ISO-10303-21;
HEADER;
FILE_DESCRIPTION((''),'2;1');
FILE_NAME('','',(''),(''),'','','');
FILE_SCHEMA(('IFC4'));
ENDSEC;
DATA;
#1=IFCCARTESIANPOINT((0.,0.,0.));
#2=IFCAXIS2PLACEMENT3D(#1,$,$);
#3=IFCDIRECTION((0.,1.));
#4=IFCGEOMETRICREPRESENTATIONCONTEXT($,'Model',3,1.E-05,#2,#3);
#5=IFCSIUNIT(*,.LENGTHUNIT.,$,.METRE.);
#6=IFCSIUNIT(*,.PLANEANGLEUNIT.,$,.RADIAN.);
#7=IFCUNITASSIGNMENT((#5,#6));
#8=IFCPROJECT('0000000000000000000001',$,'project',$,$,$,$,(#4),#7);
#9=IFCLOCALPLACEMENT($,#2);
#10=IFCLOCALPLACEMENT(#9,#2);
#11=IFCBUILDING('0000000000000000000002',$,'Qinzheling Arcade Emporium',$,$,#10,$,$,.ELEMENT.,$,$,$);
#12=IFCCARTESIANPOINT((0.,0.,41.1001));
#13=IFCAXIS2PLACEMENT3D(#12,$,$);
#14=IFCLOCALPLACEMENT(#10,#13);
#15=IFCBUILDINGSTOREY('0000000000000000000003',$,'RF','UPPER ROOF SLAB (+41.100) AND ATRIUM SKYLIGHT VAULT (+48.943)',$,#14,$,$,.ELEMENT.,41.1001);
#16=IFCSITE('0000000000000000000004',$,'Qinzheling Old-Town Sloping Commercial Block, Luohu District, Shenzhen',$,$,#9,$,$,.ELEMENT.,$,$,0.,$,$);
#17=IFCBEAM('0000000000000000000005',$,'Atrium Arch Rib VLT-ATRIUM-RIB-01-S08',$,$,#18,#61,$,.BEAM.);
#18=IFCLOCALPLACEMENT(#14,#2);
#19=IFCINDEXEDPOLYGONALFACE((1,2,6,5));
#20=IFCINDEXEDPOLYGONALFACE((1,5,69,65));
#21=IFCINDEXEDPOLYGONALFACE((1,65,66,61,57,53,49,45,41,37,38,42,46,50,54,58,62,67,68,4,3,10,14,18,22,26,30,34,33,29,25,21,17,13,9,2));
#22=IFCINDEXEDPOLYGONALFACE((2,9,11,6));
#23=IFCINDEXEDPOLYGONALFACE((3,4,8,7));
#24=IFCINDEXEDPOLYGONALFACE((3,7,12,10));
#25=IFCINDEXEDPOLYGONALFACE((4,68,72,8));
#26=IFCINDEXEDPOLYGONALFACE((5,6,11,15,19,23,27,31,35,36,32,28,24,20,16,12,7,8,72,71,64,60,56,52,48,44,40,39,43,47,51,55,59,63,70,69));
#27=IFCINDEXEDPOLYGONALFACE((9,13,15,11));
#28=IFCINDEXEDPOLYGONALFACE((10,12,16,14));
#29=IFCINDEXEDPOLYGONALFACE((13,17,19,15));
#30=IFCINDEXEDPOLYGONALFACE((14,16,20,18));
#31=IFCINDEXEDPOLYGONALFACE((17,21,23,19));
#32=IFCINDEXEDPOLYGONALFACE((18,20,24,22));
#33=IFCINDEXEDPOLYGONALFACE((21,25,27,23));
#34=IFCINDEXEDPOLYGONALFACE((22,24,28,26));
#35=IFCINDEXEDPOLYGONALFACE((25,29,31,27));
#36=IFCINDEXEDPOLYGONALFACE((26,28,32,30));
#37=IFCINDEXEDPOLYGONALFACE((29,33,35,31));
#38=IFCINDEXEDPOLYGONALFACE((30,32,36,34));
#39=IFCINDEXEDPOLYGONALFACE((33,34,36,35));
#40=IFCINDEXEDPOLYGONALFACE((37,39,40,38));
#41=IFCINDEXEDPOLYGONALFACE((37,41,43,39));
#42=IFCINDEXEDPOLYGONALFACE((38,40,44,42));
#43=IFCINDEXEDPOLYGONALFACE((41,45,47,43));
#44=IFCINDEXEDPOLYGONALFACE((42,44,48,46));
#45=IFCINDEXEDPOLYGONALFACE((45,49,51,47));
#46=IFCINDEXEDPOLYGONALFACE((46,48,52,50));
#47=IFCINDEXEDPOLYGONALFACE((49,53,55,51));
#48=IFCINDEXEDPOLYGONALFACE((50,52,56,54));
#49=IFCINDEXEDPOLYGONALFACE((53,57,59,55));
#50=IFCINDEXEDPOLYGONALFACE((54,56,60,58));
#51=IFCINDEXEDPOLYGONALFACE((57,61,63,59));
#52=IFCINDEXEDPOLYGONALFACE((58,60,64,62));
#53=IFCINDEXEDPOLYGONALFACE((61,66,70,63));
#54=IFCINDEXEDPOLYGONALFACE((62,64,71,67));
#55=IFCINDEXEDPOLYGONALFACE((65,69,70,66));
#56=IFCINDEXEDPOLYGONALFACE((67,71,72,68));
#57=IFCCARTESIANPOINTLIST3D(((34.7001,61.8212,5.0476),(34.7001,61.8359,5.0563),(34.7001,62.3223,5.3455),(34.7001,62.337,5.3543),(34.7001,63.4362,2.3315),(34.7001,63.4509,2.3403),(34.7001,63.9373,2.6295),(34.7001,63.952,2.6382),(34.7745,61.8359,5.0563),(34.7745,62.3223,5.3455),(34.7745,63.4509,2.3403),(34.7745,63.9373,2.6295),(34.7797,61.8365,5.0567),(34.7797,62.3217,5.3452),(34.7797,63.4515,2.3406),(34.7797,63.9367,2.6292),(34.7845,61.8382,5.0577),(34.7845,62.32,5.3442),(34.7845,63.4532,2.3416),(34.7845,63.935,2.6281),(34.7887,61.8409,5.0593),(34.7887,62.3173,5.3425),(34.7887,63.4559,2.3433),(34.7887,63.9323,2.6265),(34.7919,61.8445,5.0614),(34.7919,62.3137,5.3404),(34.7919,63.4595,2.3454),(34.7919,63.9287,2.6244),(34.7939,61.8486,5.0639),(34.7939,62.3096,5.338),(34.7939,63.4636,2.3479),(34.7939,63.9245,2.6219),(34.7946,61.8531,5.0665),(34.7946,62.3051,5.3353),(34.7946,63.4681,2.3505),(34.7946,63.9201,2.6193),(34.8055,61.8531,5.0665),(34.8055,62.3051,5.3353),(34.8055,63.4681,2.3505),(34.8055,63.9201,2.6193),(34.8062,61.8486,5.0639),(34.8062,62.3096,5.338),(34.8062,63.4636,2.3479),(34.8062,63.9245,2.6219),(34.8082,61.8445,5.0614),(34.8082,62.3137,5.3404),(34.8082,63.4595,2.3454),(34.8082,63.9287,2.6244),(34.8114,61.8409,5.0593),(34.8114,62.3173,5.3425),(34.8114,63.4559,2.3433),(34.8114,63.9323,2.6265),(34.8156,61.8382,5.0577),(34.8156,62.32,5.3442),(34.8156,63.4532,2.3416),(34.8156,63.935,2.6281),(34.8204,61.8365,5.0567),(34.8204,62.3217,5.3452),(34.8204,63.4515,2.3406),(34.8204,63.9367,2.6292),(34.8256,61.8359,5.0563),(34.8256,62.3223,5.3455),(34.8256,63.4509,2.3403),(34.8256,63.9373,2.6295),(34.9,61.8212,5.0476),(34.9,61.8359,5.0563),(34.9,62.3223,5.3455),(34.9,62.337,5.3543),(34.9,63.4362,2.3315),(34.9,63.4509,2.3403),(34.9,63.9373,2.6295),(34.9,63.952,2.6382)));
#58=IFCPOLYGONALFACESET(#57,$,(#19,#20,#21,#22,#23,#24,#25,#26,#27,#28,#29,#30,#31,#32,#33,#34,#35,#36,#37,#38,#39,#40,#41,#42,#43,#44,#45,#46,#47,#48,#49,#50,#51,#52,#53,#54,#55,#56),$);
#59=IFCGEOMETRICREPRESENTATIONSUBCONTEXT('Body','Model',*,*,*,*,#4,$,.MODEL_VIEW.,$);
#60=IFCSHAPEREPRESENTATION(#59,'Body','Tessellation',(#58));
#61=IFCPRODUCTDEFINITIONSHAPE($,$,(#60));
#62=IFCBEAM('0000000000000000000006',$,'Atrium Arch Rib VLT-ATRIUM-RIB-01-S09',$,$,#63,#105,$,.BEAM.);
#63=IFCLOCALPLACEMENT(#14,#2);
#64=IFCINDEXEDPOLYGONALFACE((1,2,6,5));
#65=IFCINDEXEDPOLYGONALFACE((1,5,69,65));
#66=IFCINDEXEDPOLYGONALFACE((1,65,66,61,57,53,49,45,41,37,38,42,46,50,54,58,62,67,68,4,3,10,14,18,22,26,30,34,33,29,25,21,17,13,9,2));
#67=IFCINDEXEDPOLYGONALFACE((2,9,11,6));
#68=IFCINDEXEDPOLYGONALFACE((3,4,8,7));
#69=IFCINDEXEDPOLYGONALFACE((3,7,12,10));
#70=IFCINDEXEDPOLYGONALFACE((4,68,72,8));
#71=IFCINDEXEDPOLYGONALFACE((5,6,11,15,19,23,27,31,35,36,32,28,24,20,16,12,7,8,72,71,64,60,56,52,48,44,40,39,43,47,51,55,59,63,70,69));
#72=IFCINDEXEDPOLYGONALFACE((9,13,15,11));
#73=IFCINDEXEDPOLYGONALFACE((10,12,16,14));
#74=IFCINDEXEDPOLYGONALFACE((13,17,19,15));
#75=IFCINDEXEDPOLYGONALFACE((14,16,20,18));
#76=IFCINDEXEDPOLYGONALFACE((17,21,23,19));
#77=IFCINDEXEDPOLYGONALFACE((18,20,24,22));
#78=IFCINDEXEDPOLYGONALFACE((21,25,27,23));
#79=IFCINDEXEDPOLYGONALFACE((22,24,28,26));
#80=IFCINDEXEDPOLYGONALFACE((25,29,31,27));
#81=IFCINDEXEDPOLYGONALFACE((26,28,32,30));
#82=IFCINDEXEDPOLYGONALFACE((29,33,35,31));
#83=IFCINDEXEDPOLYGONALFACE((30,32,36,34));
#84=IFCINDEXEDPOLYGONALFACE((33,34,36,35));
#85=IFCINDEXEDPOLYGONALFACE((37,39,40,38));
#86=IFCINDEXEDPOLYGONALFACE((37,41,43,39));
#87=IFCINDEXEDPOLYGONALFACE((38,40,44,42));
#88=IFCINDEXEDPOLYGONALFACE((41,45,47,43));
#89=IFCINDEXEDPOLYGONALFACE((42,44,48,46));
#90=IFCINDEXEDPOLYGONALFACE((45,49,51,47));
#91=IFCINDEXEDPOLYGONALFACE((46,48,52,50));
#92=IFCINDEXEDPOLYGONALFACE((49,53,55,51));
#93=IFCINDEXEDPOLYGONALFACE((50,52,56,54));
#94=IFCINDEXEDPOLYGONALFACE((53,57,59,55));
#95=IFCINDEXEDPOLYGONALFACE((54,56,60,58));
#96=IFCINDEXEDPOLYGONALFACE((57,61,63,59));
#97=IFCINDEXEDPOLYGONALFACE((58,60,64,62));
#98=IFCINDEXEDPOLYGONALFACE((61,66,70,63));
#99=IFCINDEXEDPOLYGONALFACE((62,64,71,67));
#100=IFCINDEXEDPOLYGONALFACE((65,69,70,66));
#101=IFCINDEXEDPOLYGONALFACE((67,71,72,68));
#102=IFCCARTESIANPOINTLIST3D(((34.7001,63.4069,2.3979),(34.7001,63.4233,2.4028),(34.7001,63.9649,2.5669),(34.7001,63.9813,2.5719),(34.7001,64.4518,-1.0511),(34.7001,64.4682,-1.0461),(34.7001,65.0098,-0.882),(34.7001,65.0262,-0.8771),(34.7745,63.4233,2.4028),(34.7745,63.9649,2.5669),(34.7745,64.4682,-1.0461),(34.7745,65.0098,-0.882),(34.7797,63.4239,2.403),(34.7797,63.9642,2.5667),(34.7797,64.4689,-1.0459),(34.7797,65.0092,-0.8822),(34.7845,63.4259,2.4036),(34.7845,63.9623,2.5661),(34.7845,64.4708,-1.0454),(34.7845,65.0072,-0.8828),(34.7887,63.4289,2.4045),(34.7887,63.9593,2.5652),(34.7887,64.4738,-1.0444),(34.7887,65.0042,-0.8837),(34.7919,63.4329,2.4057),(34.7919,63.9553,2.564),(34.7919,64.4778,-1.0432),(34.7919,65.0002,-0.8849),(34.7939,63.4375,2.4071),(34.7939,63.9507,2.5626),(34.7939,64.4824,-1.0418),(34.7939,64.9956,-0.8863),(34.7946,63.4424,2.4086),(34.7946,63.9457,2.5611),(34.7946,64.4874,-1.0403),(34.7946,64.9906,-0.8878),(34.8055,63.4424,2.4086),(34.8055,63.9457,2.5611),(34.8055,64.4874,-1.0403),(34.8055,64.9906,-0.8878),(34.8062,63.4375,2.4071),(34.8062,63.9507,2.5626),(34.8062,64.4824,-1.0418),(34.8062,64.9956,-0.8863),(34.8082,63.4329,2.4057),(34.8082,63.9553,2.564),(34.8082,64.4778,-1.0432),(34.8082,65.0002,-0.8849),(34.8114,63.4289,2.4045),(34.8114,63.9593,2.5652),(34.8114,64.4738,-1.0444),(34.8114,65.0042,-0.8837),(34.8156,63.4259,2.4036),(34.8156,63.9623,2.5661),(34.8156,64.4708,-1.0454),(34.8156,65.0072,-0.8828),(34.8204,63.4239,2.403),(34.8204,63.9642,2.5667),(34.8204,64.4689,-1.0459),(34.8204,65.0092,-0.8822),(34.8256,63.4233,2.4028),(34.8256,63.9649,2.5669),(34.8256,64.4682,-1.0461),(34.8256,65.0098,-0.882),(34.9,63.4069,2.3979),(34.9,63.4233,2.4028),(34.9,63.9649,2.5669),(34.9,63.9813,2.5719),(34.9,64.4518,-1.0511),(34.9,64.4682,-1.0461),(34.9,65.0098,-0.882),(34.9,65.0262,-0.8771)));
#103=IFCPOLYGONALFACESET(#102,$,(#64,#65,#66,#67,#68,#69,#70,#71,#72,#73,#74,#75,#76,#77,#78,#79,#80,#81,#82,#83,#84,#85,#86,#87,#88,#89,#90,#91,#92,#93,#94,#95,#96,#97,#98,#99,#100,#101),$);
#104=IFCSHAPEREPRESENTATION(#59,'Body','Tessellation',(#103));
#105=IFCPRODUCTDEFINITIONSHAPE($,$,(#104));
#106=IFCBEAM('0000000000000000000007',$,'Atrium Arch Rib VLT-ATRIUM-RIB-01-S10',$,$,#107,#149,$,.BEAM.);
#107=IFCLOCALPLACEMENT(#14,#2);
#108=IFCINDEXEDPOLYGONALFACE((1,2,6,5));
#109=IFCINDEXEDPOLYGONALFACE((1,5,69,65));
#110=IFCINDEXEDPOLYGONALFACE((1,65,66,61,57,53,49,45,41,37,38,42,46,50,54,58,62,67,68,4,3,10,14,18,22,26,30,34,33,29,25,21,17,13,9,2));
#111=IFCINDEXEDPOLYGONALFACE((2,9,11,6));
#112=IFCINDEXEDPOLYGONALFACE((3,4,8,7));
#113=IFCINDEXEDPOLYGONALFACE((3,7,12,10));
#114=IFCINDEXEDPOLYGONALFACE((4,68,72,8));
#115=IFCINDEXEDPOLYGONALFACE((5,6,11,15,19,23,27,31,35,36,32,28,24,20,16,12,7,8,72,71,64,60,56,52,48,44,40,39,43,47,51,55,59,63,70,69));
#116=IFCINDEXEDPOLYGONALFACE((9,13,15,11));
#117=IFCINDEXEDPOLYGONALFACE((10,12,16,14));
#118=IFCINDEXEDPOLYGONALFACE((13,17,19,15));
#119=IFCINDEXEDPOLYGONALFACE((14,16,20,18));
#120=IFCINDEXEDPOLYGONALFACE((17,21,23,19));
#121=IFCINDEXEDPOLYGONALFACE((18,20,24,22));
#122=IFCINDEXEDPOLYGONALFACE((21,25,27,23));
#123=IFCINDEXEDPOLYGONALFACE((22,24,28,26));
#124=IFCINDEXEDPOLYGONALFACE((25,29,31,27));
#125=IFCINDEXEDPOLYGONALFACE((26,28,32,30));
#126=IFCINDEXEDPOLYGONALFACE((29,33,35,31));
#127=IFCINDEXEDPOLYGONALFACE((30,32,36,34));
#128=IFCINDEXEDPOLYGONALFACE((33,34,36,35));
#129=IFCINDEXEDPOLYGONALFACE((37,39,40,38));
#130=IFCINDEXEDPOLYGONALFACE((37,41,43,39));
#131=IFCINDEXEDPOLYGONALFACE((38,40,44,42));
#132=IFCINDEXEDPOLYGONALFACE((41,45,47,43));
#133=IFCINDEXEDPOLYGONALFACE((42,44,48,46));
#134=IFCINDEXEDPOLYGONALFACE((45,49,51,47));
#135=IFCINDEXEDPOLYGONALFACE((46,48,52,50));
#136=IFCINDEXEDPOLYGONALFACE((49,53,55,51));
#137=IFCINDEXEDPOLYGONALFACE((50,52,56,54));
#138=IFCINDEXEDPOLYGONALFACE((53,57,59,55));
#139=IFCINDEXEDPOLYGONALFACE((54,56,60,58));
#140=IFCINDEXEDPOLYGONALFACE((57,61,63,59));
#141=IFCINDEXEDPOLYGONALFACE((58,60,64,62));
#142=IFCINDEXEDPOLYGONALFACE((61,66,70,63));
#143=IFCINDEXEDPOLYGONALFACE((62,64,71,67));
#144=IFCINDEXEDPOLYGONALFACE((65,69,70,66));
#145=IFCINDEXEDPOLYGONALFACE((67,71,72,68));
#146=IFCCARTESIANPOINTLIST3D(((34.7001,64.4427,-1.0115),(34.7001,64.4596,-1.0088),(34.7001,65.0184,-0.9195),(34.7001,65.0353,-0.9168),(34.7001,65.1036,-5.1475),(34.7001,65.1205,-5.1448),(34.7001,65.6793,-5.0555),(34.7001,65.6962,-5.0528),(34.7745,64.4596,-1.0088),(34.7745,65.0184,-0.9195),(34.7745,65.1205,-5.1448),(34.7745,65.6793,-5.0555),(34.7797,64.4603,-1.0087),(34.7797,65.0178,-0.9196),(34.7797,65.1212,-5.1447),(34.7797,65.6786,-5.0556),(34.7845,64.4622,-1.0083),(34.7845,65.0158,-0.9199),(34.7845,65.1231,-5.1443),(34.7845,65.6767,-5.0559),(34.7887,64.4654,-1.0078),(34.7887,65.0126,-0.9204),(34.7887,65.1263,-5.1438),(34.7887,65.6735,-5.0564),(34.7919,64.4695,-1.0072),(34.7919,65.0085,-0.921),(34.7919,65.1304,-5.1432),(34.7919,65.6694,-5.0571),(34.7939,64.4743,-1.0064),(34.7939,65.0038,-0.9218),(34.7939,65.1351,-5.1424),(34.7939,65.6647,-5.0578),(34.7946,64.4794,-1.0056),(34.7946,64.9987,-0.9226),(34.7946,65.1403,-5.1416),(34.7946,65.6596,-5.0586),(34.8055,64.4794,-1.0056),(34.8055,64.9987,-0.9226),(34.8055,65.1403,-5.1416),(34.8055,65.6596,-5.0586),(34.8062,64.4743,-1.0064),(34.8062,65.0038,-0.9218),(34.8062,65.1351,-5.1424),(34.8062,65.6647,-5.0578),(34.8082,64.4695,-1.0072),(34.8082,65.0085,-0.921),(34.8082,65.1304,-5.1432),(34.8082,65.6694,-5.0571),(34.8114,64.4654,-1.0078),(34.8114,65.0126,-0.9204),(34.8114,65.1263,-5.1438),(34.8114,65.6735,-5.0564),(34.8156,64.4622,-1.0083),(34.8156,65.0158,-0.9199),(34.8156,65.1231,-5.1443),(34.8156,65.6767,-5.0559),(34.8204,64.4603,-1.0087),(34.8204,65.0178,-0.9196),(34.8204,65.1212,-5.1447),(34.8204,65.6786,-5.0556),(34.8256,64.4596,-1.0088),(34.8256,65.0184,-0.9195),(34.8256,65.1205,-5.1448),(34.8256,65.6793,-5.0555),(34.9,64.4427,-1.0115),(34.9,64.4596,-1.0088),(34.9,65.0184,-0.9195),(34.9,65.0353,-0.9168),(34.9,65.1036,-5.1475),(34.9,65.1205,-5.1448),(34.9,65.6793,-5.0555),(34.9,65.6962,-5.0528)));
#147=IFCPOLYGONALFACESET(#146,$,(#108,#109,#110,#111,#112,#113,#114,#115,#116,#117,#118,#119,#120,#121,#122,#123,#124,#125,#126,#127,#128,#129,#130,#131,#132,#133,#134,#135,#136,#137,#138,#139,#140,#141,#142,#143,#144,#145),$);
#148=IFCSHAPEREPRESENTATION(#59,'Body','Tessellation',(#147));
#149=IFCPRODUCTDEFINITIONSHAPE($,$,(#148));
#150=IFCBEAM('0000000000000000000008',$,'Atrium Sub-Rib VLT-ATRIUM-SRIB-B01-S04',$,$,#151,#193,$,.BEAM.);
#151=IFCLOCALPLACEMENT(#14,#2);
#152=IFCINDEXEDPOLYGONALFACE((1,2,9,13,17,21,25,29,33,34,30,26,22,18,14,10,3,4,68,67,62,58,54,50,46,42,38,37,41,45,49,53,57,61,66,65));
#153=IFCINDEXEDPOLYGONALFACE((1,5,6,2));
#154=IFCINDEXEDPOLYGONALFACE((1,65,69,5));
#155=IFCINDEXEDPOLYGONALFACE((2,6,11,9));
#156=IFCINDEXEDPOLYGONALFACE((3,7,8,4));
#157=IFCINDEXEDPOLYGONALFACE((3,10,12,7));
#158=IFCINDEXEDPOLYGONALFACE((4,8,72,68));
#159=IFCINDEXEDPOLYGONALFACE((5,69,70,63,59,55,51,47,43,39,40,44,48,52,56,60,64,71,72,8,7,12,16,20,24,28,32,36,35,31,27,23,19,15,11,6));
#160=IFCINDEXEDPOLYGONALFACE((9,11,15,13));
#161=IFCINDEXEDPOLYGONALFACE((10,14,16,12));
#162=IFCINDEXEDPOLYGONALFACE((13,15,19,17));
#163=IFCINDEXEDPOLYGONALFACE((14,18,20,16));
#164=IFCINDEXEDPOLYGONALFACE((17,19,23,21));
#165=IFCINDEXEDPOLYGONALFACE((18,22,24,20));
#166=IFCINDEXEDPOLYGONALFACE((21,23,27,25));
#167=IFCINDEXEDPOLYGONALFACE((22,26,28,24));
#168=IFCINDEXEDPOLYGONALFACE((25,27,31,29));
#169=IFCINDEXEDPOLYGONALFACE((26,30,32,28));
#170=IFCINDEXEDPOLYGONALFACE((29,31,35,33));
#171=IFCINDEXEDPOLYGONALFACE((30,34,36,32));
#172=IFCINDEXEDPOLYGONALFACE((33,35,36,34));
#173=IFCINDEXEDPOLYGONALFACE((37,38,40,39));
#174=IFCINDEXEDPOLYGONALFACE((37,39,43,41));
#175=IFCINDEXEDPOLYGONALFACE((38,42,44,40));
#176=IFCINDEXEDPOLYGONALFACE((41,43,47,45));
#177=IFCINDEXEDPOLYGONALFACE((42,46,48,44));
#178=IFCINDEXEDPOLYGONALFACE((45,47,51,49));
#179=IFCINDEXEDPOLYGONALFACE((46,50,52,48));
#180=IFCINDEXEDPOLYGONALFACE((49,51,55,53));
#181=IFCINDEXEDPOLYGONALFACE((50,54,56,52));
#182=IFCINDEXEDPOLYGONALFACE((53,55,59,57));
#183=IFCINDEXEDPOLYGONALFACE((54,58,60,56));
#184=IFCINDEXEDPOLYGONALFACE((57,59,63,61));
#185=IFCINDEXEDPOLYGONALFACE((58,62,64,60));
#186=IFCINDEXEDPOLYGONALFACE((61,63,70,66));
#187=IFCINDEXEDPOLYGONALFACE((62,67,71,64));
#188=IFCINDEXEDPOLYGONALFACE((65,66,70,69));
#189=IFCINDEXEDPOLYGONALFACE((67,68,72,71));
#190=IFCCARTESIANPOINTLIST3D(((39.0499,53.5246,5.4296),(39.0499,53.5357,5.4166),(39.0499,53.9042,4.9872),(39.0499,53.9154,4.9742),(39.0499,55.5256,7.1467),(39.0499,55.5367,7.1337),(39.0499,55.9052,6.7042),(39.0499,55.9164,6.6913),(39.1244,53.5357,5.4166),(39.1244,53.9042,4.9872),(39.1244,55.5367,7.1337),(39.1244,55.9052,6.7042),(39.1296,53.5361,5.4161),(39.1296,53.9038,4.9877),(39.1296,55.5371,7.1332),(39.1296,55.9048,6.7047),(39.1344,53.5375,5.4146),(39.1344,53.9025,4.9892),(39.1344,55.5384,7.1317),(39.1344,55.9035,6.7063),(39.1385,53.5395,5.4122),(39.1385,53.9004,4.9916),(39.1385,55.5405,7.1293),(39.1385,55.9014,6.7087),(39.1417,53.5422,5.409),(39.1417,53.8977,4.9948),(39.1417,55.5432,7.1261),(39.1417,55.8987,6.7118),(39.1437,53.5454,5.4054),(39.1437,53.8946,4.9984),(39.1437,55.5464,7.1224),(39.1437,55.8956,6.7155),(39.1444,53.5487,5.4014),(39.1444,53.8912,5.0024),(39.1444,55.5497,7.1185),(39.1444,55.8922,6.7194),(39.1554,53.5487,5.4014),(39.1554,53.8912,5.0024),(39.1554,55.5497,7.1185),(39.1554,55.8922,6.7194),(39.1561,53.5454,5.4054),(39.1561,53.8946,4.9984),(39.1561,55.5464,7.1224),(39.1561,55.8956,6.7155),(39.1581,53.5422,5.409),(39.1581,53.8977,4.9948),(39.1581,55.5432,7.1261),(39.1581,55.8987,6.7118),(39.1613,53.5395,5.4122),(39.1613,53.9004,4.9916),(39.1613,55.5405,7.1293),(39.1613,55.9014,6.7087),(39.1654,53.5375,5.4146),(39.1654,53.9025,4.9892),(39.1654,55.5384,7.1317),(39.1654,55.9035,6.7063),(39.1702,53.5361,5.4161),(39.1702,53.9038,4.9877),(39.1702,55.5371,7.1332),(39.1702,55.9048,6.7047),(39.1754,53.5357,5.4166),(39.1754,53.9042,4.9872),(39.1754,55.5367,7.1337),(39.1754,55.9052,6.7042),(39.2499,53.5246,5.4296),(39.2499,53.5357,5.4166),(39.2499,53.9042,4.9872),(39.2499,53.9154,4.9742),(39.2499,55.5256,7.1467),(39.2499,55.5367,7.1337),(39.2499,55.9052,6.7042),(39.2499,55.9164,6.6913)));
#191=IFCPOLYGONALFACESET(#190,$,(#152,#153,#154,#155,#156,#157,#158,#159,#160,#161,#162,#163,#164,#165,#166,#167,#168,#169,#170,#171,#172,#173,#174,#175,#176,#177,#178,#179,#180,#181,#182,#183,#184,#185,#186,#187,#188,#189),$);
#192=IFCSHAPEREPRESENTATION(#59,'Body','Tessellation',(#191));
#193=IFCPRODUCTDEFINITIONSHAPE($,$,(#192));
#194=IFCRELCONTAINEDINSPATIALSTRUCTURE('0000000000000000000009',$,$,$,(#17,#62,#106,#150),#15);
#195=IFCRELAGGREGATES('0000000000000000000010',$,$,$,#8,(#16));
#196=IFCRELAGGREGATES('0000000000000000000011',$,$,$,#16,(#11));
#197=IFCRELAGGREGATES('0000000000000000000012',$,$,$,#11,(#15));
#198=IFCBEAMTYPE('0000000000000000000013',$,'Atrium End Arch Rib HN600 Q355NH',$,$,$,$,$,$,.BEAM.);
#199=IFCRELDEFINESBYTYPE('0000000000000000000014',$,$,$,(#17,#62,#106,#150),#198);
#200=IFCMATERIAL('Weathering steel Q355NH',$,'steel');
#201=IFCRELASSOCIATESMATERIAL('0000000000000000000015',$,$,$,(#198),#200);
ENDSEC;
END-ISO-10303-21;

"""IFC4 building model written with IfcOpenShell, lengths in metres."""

from ifc_helpers import new_model, si_unit, direction, frame, origin, origin_2d, place, context, subcontext, project, spatial, i_section, extrude, material, material_profile, profile_set, type_object, element, save


model = new_model("IFC4")

# Units and contexts
model_context = context("Model", 3, precision=1e-05, world=origin(), true_north=direction((0.0, 1.0)))
body_context = subcontext(model_context, "Body", "Model", "MODEL_VIEW")
ifc_project = project(units=[si_unit("LENGTHUNIT", "METRE"), si_unit("PLANEANGLEUNIT", "RADIAN")], contexts=[model_context])

# Site, building, storey
site_placement = place(None, origin())
site = spatial("IfcSite", under=ifc_project, at=site_placement, Name="Qinzheling Old-Town Sloping Commercial Block, Luohu District, Shenzhen", CompositionType="ELEMENT", RefElevation=0.0)
building_placement = place(site_placement, origin())
building = spatial("IfcBuilding", under=site, at=building_placement, Name="Qinzheling Arcade Emporium", CompositionType="ELEMENT")
storey_placement = place(building_placement, frame((0.0, 0.0, 41.1001)))
storey = spatial("IfcBuildingStorey", under=building, at=storey_placement, Name="RF", Description="UPPER ROOF SLAB (+41.100) AND ATRIUM SKYLIGHT VAULT (+48.943)", CompositionType="ELEMENT", Elevation=41.1001)

# Beams
ifc_material_1 = material(Name="Weathering steel Q355NH", Category="steel")
ifc_material_profile_1 = material_profile(ifc_material_1, i_section(OverallWidth=0.2, OverallDepth=0.6001, WebThickness=0.011, FlangeThickness=0.0171, FilletRadius=0.02, at=origin_2d()), Name="HN 600x200x11x17", Category="steel")
ifc_profile_set_1 = profile_set([ifc_material_profile_1], Name="Weathering steel Q355NH")
beam_type = type_object("IfcBeamType", Name="Atrium End Arch Rib HN600 Q355NH", PredefinedType="BEAM", material=ifc_profile_set_1)
beam_1_placement = place(storey_placement, frame((34.8, 62.0791, 5.2009), z_axis=(0.0, 0.511083, -0.859531), x_axis=(-1.0, 0.0, 0.0)))
element("IfcBeam", 1, at=beam_1_placement, inside=storey, type_object=beam_type, Name="Atrium Arch Rib VLT-ATRIUM-RIB-01-S08", PredefinedType="BEAM", context=body_context, shape_type="SweptSolid", body=[
    extrude(i_section(OverallWidth=0.2, OverallDepth=0.6001, WebThickness=0.011, FlangeThickness=0.0171, FilletRadius=0.02, at=origin_2d()), origin(), (0.0, 0.0, 1.0), 3.1599),
])
beam_2_placement = place(storey_placement, frame((34.8, 63.6941, 2.4849), z_axis=(0.0, 0.289951, -0.957041), x_axis=(-1.0, 0.0, 0.0)))
element("IfcBeam", 2, at=beam_2_placement, inside=storey, type_object=beam_type, Name="Atrium Arch Rib VLT-ATRIUM-RIB-01-S09", PredefinedType="BEAM", context=body_context, shape_type="SweptSolid", body=[
    extrude(i_section(OverallWidth=0.2, OverallDepth=0.6001, WebThickness=0.011, FlangeThickness=0.0171, FilletRadius=0.02, at=origin_2d()), origin(), (0.0, 0.0, 1.0), 3.6038),
])
beam_3_placement = place(storey_placement, frame((34.8, 64.739, -0.9641), z_axis=(0.0, 0.157788, -0.987473), x_axis=(-1.0, 0.0, 0.0)))
element("IfcBeam", 3, at=beam_3_placement, inside=storey, type_object=beam_type, Name="Atrium Arch Rib VLT-ATRIUM-RIB-01-S10", PredefinedType="BEAM", context=body_context, shape_type="SweptSolid", body=[
    extrude(i_section(OverallWidth=0.2, OverallDepth=0.6001, WebThickness=0.011, FlangeThickness=0.0171, FilletRadius=0.02, at=origin_2d()), origin(), (0.0, 0.0, 1.0), 4.1885),
])
beam_4_placement = place(storey_placement, frame((39.1499, 53.72, 5.2019), z_axis=(0.0, 0.758897, 0.651211), x_axis=(-1.0, 0.0, 0.0)))
element("IfcBeam", 4, at=beam_4_placement, inside=storey, type_object=beam_type, Name="Atrium Sub-Rib VLT-ATRIUM-SRIB-B01-S04", PredefinedType="BEAM", context=body_context, shape_type="SweptSolid", body=[
    extrude(i_section(OverallWidth=0.2, OverallDepth=0.6001, WebThickness=0.011, FlangeThickness=0.0171, FilletRadius=0.02, at=origin_2d()), origin(), (0.0, 0.0, 1.0), 2.6367),
])

save(model, "model.ifc")
